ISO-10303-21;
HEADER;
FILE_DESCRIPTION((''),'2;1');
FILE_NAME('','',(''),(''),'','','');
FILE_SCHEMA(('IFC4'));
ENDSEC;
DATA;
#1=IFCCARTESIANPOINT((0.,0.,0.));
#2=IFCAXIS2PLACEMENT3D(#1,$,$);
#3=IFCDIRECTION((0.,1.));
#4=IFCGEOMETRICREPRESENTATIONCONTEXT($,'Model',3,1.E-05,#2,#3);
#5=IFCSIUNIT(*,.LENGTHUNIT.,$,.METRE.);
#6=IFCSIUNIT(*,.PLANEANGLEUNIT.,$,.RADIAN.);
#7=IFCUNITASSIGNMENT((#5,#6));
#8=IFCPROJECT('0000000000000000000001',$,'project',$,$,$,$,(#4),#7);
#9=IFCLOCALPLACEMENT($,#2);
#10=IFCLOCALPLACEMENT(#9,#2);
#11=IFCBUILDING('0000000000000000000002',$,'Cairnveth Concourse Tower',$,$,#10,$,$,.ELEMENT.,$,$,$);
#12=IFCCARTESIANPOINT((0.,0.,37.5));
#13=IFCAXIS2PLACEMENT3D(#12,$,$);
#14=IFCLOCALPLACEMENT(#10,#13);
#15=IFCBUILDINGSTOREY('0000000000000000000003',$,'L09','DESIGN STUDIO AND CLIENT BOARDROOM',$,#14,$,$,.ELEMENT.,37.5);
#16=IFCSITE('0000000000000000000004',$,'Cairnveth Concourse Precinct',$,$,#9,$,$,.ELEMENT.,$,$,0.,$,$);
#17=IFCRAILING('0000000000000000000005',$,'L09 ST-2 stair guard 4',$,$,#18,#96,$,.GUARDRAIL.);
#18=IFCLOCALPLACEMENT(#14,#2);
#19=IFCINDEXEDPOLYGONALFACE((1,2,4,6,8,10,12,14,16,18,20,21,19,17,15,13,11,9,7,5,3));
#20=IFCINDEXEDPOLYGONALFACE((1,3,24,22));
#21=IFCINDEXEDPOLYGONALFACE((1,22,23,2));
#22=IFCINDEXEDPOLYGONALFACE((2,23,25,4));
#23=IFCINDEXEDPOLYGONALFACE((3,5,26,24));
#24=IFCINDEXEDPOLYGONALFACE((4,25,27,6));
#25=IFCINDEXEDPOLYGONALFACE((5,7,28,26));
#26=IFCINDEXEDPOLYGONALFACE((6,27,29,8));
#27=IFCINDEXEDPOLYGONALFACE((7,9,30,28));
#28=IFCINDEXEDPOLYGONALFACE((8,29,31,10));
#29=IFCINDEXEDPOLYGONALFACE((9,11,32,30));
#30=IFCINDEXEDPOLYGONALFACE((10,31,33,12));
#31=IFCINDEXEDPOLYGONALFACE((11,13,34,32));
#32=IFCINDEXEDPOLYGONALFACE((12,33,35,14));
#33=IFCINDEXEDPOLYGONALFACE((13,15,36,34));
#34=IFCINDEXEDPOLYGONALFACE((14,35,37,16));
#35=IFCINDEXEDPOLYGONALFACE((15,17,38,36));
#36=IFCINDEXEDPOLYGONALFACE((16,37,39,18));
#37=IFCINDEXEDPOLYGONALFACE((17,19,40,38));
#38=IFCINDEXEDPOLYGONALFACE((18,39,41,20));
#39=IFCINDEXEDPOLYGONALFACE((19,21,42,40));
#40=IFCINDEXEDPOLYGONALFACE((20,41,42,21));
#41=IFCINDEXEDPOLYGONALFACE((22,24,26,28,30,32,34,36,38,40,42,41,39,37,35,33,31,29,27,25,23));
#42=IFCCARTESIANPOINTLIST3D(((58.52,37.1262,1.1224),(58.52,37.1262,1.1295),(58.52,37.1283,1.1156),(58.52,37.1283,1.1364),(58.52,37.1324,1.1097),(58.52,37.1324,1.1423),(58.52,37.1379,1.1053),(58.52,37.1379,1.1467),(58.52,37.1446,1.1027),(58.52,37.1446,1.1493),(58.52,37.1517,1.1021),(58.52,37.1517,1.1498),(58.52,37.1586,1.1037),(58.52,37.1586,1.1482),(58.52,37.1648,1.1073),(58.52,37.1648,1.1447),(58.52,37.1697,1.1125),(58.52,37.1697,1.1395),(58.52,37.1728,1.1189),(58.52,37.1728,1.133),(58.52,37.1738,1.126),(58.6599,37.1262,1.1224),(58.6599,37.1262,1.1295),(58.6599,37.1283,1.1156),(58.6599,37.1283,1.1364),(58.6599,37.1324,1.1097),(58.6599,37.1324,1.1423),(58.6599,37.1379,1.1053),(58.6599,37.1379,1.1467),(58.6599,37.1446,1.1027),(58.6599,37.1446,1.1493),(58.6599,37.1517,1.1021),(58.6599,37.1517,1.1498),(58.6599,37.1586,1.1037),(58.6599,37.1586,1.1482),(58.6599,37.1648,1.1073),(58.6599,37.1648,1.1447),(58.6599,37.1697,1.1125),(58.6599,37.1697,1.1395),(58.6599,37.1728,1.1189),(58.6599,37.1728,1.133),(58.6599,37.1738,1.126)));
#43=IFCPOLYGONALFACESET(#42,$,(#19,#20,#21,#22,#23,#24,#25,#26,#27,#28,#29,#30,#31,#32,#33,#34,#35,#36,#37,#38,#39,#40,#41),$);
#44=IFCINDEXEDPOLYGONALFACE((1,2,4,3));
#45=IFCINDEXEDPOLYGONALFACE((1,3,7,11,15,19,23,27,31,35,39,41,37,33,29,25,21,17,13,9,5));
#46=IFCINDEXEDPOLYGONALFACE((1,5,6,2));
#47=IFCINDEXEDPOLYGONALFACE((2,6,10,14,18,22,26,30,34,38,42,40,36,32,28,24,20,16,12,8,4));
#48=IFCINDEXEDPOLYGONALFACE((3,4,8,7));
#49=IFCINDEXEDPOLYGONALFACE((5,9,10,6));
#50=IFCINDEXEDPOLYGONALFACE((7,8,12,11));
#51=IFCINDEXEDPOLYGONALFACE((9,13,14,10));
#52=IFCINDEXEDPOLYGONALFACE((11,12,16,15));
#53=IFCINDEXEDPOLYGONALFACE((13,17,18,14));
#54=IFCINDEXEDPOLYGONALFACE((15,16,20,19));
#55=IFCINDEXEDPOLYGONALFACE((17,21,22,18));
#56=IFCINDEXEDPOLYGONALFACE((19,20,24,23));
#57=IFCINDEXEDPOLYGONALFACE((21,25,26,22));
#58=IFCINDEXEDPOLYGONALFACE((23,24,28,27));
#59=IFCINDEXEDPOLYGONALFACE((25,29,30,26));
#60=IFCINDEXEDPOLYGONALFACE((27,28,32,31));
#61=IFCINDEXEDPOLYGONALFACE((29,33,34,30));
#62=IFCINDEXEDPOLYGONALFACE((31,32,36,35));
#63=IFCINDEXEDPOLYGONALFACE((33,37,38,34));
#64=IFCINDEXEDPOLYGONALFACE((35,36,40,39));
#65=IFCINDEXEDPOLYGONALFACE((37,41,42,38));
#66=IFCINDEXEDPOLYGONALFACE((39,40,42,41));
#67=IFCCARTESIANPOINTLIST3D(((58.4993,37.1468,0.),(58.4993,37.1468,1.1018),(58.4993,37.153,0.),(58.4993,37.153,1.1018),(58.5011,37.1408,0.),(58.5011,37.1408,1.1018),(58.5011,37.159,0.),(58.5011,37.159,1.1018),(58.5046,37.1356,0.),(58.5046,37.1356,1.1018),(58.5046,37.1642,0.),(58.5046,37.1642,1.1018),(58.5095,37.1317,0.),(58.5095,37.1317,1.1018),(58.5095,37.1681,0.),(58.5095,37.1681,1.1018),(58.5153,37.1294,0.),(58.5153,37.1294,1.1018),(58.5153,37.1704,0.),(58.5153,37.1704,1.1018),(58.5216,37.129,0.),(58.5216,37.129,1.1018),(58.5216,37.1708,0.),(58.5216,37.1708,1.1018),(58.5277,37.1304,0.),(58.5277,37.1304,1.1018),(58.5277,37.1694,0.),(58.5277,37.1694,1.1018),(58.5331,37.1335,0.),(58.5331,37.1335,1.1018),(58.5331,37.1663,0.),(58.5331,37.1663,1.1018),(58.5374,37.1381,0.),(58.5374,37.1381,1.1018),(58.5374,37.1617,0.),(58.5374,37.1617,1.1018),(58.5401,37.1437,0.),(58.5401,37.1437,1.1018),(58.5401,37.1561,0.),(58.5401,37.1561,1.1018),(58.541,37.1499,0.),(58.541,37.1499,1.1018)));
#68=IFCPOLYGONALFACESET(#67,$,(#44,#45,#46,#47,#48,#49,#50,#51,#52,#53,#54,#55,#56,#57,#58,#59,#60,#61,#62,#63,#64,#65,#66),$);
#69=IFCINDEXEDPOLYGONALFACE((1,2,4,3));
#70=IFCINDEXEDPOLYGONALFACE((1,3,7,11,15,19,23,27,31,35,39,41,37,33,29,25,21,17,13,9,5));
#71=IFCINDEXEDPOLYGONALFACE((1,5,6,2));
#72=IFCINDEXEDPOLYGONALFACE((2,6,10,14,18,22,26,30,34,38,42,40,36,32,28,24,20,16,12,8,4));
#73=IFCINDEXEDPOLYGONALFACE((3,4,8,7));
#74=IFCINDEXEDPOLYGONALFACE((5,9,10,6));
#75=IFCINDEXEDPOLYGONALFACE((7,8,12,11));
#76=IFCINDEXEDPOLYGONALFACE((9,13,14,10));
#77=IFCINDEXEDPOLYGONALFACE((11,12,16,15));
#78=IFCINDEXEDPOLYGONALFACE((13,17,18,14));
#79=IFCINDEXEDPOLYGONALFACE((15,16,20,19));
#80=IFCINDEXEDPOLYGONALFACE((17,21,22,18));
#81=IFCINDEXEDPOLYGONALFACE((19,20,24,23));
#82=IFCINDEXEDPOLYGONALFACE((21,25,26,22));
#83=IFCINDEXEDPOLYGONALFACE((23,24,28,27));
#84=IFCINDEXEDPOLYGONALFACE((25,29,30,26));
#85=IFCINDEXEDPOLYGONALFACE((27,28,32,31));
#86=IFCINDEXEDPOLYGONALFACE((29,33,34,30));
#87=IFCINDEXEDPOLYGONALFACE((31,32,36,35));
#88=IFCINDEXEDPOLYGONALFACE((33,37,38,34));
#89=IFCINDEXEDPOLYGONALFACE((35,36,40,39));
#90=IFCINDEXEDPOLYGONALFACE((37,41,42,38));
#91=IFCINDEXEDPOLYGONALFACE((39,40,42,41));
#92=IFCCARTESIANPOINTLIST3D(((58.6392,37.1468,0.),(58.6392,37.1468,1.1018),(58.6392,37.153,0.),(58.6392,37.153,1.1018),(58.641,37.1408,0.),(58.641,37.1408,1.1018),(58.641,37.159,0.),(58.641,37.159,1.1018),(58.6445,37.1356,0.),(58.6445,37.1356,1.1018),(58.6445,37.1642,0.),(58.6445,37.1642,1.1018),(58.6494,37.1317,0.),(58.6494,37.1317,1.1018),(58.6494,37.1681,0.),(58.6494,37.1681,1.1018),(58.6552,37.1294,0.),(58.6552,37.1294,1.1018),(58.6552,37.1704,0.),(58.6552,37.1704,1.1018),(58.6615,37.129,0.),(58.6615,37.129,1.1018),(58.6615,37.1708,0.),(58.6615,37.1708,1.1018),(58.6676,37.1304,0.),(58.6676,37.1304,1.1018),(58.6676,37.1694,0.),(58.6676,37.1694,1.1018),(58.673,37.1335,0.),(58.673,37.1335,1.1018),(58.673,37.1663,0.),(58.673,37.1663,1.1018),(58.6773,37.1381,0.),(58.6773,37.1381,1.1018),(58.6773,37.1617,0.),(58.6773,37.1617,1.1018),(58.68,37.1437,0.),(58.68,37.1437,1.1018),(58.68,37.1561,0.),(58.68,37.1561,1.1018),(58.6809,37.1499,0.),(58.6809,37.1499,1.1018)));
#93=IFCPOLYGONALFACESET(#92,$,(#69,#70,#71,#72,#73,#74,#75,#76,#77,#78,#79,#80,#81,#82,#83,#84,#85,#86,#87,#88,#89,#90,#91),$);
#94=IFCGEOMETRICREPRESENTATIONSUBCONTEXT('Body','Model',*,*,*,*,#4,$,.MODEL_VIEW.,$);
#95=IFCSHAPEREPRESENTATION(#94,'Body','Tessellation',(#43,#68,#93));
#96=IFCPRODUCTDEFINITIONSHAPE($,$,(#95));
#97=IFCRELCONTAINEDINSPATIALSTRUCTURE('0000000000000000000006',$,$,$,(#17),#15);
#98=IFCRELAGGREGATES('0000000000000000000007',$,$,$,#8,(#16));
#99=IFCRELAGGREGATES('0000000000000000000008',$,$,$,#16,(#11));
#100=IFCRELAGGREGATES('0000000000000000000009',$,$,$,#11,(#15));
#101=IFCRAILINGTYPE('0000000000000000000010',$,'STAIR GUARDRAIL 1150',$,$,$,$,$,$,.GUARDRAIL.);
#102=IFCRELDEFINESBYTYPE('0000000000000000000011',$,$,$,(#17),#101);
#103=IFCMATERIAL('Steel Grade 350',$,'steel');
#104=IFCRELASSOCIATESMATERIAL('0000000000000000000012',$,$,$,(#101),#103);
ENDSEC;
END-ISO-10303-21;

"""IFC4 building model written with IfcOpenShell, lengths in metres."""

from ifc_helpers import new_model, si_unit, direction, frame, origin, origin_2d, place, context, subcontext, project, spatial, circle, extrude, material, type_object, element, save


model = new_model("IFC4")

# Units and contexts
model_context = context("Model", 3, precision=1e-05, world=origin(), true_north=direction((0.0, 1.0)))
body_context = subcontext(model_context, "Body", "Model", "MODEL_VIEW")
ifc_project = project(units=[si_unit("LENGTHUNIT", "METRE"), si_unit("PLANEANGLEUNIT", "RADIAN")], contexts=[model_context])

# Site, building, storey
site_placement = place(None, origin())
site = spatial("IfcSite", under=ifc_project, at=site_placement, Name="Cairnveth Concourse Precinct", CompositionType="ELEMENT", RefElevation=0.0)
building_placement = place(site_placement, origin())
building = spatial("IfcBuilding", under=site, at=building_placement, Name="Cairnveth Concourse Tower", CompositionType="ELEMENT")
storey_placement = place(building_placement, frame((0.0, 0.0, 37.5)))
storey = spatial("IfcBuildingStorey", under=building, at=storey_placement, Name="L09", Description="DESIGN STUDIO AND CLIENT BOARDROOM", CompositionType="ELEMENT", Elevation=37.5)

# Shared definitions
ifc_material_1 = material(Name="Steel Grade 350", Category="steel")

# Railing
railing_type_1 = type_object("IfcRailingType", Name="STAIR GUARDRAIL 1150", PredefinedType="GUARDRAIL", material=ifc_material_1)
railing_1_placement = place(storey_placement, frame((58.52, 37.1499, 0.0)))
element("IfcRailing", 1, at=railing_1_placement, inside=storey, type_object=railing_type_1, Name="L09 ST-2 stair guard 4", PredefinedType="GUARDRAIL", context=body_context, shape_type="SweptSolid", body=[
    extrude(circle(Radius=0.0239, at=origin_2d()), frame((0.0, 0.0, 1.126), z_axis=(1.0, 0.0, 0.0), x_axis=(0.0, 1.0, 0.0)), (0.0, 0.0, 1.0), 0.1399),
    extrude(circle(Radius=0.021, at=origin_2d()), origin(), (0.0, 0.0, 1.0), 1.1018),
    extrude(circle(Radius=0.021, at=origin_2d()), frame((0.1399, 0.0, 0.0)), (0.0, 0.0, 1.0), 1.1018),
])

save(model, "model.ifc")
